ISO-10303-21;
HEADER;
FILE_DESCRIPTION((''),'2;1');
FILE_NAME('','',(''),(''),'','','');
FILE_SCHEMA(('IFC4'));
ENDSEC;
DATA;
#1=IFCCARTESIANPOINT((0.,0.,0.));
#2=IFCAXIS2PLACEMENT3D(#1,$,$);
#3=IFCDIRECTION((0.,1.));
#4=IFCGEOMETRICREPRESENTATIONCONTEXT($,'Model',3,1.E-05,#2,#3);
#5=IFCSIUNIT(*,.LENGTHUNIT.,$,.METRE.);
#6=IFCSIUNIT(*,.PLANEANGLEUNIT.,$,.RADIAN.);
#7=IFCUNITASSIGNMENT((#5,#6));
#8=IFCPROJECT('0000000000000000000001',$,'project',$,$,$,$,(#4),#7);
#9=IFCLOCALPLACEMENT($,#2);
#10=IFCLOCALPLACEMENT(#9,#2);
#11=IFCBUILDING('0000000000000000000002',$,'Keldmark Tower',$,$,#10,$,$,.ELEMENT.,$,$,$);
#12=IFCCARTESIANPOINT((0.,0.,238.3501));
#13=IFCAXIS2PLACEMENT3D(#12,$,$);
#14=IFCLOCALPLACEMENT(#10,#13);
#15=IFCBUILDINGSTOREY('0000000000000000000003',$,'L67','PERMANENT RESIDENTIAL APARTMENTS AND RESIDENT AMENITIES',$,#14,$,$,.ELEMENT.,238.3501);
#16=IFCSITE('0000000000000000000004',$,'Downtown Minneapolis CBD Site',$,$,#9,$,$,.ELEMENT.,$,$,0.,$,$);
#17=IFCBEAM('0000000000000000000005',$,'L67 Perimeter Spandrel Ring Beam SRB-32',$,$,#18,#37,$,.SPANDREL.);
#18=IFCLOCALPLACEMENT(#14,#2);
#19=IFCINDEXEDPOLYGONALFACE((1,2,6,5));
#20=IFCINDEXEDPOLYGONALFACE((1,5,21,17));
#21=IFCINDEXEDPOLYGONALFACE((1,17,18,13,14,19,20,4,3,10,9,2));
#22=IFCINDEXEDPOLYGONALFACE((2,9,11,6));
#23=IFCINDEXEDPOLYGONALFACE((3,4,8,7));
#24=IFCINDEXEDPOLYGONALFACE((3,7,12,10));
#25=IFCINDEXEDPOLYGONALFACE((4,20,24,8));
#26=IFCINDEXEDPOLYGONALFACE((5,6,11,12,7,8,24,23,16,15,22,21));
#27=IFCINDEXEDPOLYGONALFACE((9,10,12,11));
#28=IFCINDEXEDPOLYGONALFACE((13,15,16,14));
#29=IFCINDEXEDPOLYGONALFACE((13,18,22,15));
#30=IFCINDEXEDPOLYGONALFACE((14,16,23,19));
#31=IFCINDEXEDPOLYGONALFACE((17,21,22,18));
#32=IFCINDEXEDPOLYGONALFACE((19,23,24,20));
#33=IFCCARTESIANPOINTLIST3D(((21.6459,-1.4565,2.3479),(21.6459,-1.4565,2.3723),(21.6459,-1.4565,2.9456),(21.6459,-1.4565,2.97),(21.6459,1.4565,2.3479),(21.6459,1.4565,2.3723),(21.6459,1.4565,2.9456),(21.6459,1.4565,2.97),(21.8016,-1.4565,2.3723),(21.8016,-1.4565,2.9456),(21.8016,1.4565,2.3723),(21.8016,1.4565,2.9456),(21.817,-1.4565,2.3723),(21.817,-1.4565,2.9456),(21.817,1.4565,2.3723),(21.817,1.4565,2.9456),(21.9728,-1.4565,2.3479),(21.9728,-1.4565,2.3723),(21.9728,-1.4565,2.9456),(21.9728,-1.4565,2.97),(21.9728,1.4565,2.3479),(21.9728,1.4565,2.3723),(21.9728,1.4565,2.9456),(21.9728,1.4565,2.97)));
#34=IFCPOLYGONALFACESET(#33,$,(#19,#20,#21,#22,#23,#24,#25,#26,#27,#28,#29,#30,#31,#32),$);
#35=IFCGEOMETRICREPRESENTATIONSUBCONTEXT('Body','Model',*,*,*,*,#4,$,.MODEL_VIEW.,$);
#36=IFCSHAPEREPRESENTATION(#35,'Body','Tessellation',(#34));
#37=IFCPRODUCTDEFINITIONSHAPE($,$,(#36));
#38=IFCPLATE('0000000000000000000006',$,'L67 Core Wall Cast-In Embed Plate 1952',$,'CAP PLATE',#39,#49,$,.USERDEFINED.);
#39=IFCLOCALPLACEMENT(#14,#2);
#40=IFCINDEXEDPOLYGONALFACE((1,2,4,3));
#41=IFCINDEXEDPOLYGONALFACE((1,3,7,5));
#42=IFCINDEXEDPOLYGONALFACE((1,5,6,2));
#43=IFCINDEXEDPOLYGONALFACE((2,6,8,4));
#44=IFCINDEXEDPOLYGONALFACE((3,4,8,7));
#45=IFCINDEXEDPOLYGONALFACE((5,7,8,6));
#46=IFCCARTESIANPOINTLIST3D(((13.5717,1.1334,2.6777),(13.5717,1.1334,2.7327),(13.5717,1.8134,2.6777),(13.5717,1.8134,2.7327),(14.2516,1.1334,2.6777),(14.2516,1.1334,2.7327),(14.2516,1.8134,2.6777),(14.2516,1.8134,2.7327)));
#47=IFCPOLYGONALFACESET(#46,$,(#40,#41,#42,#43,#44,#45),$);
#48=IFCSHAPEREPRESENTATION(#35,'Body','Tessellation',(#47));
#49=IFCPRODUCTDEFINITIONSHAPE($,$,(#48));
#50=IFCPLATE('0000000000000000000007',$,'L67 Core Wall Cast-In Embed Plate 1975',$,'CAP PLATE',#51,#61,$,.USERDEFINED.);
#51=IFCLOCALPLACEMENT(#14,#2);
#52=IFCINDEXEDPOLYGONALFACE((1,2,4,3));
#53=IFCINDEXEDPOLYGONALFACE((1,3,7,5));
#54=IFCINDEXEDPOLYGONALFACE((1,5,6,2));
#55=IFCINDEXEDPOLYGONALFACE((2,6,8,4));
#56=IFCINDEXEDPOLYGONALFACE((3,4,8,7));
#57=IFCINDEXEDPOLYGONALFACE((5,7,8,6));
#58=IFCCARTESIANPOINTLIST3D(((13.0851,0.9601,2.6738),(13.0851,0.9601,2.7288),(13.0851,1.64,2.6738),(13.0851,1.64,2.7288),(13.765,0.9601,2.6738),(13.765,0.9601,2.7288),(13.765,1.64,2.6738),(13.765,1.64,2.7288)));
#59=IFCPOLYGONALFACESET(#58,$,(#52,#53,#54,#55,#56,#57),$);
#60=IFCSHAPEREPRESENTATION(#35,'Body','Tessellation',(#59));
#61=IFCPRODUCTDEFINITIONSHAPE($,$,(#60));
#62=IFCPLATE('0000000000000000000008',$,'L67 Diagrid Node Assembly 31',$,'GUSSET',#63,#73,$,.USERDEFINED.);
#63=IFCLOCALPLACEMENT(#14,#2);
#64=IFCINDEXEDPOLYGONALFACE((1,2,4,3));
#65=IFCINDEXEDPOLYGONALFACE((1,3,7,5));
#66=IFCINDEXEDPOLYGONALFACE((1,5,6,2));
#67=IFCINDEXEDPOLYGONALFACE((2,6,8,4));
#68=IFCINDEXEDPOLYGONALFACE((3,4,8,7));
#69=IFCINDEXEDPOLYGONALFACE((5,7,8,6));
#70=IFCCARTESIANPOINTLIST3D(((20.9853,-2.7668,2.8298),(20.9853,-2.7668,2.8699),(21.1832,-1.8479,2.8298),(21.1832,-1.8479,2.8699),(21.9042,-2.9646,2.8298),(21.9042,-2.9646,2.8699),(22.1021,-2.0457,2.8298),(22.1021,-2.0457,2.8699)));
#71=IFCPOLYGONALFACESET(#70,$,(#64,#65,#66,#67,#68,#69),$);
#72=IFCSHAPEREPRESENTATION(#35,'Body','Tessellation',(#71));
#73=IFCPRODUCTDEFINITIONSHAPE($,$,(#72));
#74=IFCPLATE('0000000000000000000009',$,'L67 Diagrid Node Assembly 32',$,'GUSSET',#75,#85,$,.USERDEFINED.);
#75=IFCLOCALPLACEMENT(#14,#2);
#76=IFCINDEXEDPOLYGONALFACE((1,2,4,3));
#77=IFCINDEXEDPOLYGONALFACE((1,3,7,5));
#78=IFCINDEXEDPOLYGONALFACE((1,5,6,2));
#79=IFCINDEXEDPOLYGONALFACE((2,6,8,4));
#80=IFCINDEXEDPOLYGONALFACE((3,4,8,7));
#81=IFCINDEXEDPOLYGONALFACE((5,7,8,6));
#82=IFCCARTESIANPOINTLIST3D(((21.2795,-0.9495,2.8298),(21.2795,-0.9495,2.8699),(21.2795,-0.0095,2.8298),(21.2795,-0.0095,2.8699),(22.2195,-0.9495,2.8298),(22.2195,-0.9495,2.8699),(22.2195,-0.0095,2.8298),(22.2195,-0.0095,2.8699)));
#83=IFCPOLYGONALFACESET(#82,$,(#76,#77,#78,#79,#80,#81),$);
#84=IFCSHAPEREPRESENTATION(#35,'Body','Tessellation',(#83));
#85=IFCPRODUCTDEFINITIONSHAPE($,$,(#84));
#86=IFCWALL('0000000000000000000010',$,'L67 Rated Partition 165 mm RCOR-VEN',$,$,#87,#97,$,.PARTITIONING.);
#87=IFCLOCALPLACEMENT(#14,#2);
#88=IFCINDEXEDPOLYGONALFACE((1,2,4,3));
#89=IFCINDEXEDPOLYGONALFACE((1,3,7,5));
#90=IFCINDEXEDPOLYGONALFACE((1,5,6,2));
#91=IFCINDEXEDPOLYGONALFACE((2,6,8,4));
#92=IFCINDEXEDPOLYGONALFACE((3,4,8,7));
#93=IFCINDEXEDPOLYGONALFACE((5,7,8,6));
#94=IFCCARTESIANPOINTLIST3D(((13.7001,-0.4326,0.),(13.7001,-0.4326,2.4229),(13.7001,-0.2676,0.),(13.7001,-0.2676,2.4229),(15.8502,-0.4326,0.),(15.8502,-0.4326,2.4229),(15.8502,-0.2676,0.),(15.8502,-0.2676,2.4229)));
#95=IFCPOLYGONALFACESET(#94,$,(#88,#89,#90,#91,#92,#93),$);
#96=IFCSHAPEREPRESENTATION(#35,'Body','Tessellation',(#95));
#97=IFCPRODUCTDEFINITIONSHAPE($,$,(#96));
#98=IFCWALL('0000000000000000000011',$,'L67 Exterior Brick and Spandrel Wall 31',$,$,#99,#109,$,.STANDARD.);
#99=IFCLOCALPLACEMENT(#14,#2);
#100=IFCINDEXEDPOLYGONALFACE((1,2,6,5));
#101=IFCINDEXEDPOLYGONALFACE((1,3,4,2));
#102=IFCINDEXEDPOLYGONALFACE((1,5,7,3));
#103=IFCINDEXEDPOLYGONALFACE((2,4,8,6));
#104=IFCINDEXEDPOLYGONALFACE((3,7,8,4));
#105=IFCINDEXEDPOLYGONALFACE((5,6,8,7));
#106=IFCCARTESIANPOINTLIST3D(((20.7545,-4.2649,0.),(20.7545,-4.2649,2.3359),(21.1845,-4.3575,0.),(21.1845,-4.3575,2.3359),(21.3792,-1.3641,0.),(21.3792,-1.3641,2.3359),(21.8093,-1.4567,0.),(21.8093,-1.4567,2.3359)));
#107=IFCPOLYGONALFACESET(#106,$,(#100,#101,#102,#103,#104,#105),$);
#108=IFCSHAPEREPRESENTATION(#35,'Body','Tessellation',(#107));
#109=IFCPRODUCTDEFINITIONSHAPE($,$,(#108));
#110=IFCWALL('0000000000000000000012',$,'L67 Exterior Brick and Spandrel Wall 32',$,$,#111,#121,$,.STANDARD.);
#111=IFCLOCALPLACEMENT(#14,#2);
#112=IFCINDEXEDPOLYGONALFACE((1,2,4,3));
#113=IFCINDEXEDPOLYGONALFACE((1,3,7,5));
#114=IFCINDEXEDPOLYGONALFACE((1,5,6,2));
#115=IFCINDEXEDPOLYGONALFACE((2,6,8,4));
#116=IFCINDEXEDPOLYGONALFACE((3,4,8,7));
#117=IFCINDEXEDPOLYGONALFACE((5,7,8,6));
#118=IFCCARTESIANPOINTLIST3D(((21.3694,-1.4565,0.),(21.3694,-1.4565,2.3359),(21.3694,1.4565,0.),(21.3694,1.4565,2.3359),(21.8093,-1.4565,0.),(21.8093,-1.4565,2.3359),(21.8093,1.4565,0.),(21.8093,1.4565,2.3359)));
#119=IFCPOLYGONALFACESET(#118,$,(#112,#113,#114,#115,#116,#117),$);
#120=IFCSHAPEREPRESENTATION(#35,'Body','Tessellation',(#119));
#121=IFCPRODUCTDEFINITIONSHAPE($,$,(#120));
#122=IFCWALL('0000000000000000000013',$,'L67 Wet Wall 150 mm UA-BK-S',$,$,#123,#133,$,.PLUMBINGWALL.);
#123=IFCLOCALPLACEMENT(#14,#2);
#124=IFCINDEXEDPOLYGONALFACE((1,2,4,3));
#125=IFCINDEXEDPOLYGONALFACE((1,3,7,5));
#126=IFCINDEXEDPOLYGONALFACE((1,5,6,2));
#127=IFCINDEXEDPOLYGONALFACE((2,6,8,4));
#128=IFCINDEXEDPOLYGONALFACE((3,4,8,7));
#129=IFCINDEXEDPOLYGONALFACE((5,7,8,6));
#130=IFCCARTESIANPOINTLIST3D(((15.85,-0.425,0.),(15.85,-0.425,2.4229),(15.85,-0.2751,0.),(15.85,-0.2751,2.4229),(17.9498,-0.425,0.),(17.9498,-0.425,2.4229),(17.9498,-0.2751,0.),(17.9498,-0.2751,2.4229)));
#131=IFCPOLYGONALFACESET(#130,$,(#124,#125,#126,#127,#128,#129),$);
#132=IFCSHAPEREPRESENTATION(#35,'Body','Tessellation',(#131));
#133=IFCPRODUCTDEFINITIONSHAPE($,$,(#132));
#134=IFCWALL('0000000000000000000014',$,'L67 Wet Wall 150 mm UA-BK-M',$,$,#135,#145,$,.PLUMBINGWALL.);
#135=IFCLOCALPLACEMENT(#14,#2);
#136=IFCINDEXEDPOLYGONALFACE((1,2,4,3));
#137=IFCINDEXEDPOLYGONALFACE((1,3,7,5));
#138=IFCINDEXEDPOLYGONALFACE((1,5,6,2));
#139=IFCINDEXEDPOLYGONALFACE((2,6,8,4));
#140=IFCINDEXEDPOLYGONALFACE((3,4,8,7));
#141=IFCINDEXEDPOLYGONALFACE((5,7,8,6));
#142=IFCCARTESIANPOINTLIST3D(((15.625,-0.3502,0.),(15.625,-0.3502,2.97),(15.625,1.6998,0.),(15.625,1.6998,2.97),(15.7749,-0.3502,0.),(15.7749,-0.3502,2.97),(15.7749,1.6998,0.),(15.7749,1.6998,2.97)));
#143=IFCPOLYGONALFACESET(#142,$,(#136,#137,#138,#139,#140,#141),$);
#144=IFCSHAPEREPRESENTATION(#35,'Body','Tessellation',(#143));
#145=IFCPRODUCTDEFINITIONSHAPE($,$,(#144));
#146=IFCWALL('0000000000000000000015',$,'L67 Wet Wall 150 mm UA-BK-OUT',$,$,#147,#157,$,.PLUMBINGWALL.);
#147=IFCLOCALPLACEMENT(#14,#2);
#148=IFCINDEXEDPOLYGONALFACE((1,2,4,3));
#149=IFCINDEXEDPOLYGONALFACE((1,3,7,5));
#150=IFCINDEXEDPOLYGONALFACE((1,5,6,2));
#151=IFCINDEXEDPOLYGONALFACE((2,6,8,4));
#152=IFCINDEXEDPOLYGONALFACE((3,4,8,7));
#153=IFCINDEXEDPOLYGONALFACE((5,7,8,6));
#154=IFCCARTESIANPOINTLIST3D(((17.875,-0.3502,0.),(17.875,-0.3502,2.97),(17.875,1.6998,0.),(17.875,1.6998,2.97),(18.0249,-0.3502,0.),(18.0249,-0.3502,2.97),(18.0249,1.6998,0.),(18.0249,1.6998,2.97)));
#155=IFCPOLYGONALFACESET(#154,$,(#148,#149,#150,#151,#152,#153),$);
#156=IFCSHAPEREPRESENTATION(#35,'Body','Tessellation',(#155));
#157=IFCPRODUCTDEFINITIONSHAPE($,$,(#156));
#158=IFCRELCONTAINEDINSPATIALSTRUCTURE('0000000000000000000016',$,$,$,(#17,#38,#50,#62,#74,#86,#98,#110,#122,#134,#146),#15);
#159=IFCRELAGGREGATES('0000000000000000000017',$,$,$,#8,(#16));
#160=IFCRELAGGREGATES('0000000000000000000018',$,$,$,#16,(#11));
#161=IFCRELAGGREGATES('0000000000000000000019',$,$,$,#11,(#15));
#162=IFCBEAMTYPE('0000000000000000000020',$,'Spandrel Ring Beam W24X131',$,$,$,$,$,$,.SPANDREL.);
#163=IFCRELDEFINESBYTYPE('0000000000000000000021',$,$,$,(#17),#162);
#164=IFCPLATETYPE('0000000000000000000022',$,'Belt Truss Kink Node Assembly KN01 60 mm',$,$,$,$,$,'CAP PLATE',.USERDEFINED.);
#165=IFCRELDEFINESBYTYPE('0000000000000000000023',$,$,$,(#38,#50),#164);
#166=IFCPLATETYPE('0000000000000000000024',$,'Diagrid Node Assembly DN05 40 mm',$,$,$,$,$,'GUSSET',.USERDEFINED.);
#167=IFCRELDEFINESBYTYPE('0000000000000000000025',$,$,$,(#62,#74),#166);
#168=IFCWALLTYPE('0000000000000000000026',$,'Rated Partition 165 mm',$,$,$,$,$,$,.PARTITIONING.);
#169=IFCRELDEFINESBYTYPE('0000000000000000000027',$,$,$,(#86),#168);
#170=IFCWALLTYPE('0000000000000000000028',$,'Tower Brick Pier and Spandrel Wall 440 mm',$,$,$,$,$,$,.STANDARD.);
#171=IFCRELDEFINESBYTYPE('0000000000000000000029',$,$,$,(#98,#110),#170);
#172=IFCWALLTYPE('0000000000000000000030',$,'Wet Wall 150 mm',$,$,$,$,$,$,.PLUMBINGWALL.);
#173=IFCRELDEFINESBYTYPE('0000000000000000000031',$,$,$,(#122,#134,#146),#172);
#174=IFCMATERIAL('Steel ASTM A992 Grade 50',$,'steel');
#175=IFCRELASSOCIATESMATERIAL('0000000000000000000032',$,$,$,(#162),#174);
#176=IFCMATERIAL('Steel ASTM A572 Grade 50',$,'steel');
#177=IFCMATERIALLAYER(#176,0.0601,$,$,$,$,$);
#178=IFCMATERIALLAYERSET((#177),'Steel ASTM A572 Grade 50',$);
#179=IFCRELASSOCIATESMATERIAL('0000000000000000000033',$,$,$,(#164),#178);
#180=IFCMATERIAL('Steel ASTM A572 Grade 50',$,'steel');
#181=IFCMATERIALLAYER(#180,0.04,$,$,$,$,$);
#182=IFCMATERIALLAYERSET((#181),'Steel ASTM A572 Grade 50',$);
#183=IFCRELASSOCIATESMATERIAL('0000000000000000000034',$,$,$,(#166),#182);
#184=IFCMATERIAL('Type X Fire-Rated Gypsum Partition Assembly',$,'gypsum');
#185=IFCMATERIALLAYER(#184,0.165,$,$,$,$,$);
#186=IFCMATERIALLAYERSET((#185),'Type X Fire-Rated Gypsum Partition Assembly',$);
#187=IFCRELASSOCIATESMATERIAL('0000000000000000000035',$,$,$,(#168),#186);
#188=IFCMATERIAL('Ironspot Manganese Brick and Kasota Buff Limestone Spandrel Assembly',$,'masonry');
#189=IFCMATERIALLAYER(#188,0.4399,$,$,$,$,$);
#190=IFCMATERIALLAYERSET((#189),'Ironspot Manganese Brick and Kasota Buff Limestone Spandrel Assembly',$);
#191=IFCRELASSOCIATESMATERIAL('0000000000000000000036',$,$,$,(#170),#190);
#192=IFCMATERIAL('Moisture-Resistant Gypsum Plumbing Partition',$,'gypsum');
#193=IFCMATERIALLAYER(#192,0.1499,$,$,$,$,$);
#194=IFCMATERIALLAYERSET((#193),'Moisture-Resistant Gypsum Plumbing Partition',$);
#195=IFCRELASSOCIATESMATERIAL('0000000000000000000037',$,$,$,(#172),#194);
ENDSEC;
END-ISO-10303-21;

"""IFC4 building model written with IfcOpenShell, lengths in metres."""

from ifc_helpers import new_model, si_unit, direction, frame, frame_2d, origin, origin_2d, place, context, subcontext, project, spatial, rectangle, i_section, extrude, material, layer, layer_set, material_profile, profile_set, type_object, element, save


model = new_model("IFC4")

# Units and contexts
model_context = context("Model", 3, precision=1e-05, world=origin(), true_north=direction((0.0, 1.0)))
body_context = subcontext(model_context, "Body", "Model", "MODEL_VIEW")
ifc_project = project(units=[si_unit("LENGTHUNIT", "METRE"), si_unit("PLANEANGLEUNIT", "RADIAN")], contexts=[model_context])

# Site, building, storey
site_placement = place(None, origin())
site = spatial("IfcSite", under=ifc_project, at=site_placement, Name="Downtown Minneapolis CBD Site", CompositionType="ELEMENT", RefElevation=0.0)
building_placement = place(site_placement, origin())
building = spatial("IfcBuilding", under=site, at=building_placement, Name="Keldmark Tower", CompositionType="ELEMENT")
storey_placement = place(building_placement, frame((0.0, 0.0, 238.3501)))
storey = spatial("IfcBuildingStorey", under=building, at=storey_placement, Name="L67", Description="PERMANENT RESIDENTIAL APARTMENTS AND RESIDENT AMENITIES", CompositionType="ELEMENT", Elevation=238.3501)

# Beam
ifc_material_1 = material(Name="Steel ASTM A992 Grade 50", Category="steel")
ifc_material_profile_1 = material_profile(ifc_material_1, i_section(OverallWidth=0.3269, OverallDepth=0.6221, WebThickness=0.0154, FlangeThickness=0.0244, at=origin_2d()), Name="W24X131")
ifc_profile_set_1 = profile_set([ifc_material_profile_1], Name="Steel ASTM A992 Grade 50")
beam_type_1 = type_object("IfcBeamType", Name="Spandrel Ring Beam W24X131", PredefinedType="SPANDREL", material=ifc_profile_set_1)
beam_1_placement = place(storey_placement, frame((21.8093, -1.4565, 2.6589), z_axis=(0.0, 1.0, 0.0), x_axis=(-1.0, 0.0, 0.0)))
element("IfcBeam", 1, at=beam_1_placement, inside=storey, type_object=beam_type_1, Name="L67 Perimeter Spandrel Ring Beam SRB-32", PredefinedType="SPANDREL", context=body_context, shape_type="SweptSolid", body=[
    extrude(i_section(OverallWidth=0.3269, OverallDepth=0.6221, WebThickness=0.0154, FlangeThickness=0.0244, at=origin_2d()), origin(), (0.0, 0.0, 1.0), 2.9131),
])

# Plates
ifc_material_2 = material(Name="Steel ASTM A572 Grade 50", Category="steel")
ifc_layer_1 = layer(ifc_material_2, 0.0601)
ifc_layer_set_1 = layer_set([ifc_layer_1], Name="Steel ASTM A572 Grade 50")
plate_type_1 = type_object("IfcPlateType", Name="Belt Truss Kink Node Assembly KN01 60 mm", ElementType="CAP PLATE", PredefinedType="USERDEFINED", material=ifc_layer_set_1)
for number, where, z_axis, x_axis, name in (
    (2, (13.9116, 1.4734, 2.6777), (0.0, 0.0, 1.0), (1.0, 0.0, 0.0), "L67 Core Wall Cast-In Embed Plate 1952"),
    (3, (13.425, 1.3, 2.6738), (0.0, 0.0, 1.0), (1.0, 0.0, 0.0), "L67 Core Wall Cast-In Embed Plate 1975"),
):
    element("IfcPlate", number, at=place(storey_placement, frame(where, z_axis=z_axis, x_axis=x_axis)), inside=storey, type_object=plate_type_1, Name=name, ObjectType="CAP PLATE", PredefinedType="USERDEFINED", context=body_context, shape_type="SweptSolid", body=[
        extrude(rectangle(XDim=0.6799, YDim=0.6799, at=origin_2d()), origin(), (0.0, 0.0, 1.0), 0.0549),
    ])
ifc_material_3 = material(Name="Steel ASTM A572 Grade 50", Category="steel")
ifc_layer_2 = layer(ifc_material_3, 0.04)
ifc_layer_set_2 = layer_set([ifc_layer_2], Name="Steel ASTM A572 Grade 50")
plate_type_2 = type_object("IfcPlateType", Name="Diagrid Node Assembly DN05 40 mm", ElementType="GUSSET", PredefinedType="USERDEFINED", material=ifc_layer_set_2)
for number, where, z_axis, x_axis, name in (
    (4, (21.5437, -2.4062, 2.8298), (0.0, 0.0, 1.0), (0.210472, 0.9776, 0.0), "L67 Diagrid Node Assembly 31"),
    (5, (21.7495, -0.4795, 2.8298), (0.0, 0.0, 1.0), (0.0, 1.0, 0.0), "L67 Diagrid Node Assembly 32"),
):
    element("IfcPlate", number, at=place(storey_placement, frame(where, z_axis=z_axis, x_axis=x_axis)), inside=storey, type_object=plate_type_2, Name=name, ObjectType="GUSSET", PredefinedType="USERDEFINED", context=body_context, shape_type="SweptSolid", body=[
        extrude(rectangle(XDim=0.9399, YDim=0.9399, at=origin_2d()), origin(), (0.0, 0.0, 1.0), 0.04),
    ])

# Shared definitions
ifc_material_4 = material(Name="Type X Fire-Rated Gypsum Partition Assembly", Category="gypsum")
ifc_layer_3 = layer(ifc_material_4, 0.165)
ifc_layer_set_3 = layer_set([ifc_layer_3], Name="Type X Fire-Rated Gypsum Partition Assembly")
wall_type_1 = type_object("IfcWallType", Name="Rated Partition 165 mm", PredefinedType="PARTITIONING", material=ifc_layer_set_3)

# Walls
wall_1_placement = place(storey_placement, frame((13.7, -0.3501, 0.0), z_axis=(0.0, 0.0, 1.0), x_axis=(1.0, 0.0, 0.0)))
element("IfcWall", 6, at=wall_1_placement, inside=storey, type_object=wall_type_1, Name="L67 Rated Partition 165 mm RCOR-VEN", PredefinedType="PARTITIONING", context=body_context, shape_type="SweptSolid", body=[
    extrude(rectangle(XDim=2.1501, YDim=0.165, at=frame_2d((1.0752, 0.0))), origin(), (0.0, 0.0, 1.0), 2.4229),
])
ifc_material_5 = material(Name="Ironspot Manganese Brick and Kasota Buff Limestone Spandrel Assembly", Category="masonry")
ifc_layer_4 = layer(ifc_material_5, 0.4399)
ifc_layer_set_4 = layer_set([ifc_layer_4], Name="Ironspot Manganese Brick and Kasota Buff Limestone Spandrel Assembly")
wall_type_2 = type_object("IfcWallType", Name="Tower Brick Pier and Spandrel Wall 440 mm", PredefinedType="STANDARD", material=ifc_layer_set_4)
wall_2_placement = place(storey_placement, frame((21.5942, -1.4104, 0.0), z_axis=(0.0, 0.0, 1.0), x_axis=(-0.21054, -0.977585, 0.0)))
element("IfcWall", 7, at=wall_2_placement, inside=storey, type_object=wall_type_2, Name="L67 Exterior Brick and Spandrel Wall 31", PredefinedType="STANDARD", context=body_context, shape_type="SweptSolid", body=[
    extrude(rectangle(XDim=2.9673, YDim=0.4399, at=frame_2d((1.4836, 0.0))), origin(), (0.0, 0.0, 1.0), 2.3359),
])
wall_3_placement = place(storey_placement, frame((21.5894, 1.4565, 0.0), z_axis=(0.0, 0.0, 1.0), x_axis=(0.0, -1.0, 0.0)))
element("IfcWall", 8, at=wall_3_placement, inside=storey, type_object=wall_type_2, Name="L67 Exterior Brick and Spandrel Wall 32", PredefinedType="STANDARD", context=body_context, shape_type="SweptSolid", body=[
    extrude(rectangle(XDim=2.9131, YDim=0.4399, at=frame_2d((1.4565, 0.0))), origin(), (0.0, 0.0, 1.0), 2.3359),
])
ifc_material_6 = material(Name="Moisture-Resistant Gypsum Plumbing Partition", Category="gypsum")
ifc_layer_5 = layer(ifc_material_6, 0.1499)
ifc_layer_set_5 = layer_set([ifc_layer_5], Name="Moisture-Resistant Gypsum Plumbing Partition")
wall_type_3 = type_object("IfcWallType", Name="Wet Wall 150 mm", PredefinedType="PLUMBINGWALL", material=ifc_layer_set_5)
wall_4_placement = place(storey_placement, frame((15.8501, -0.3501, 0.0), z_axis=(0.0, 0.0, 1.0), x_axis=(1.0, 0.0, 0.0)))
element("IfcWall", 9, at=wall_4_placement, inside=storey, type_object=wall_type_3, Name="L67 Wet Wall 150 mm UA-BK-S", PredefinedType="PLUMBINGWALL", context=body_context, shape_type="SweptSolid", body=[
    extrude(rectangle(XDim=2.0999, YDim=0.1499, at=frame_2d((1.0498, 0.0))), origin(), (0.0, 0.0, 1.0), 2.4229),
])
for number, where, z_axis, x_axis, name in (
    (10, (15.7, -0.3501, 0.0), (0.0, 0.0, 1.0), (0.0, 1.0, 0.0), "L67 Wet Wall 150 mm UA-BK-M"),
    (11, (17.95, -0.3501, 0.0), (0.0, 0.0, 1.0), (0.0, 1.0, 0.0), "L67 Wet Wall 150 mm UA-BK-OUT"),
):
    element("IfcWall", number, at=place(storey_placement, frame(where, z_axis=z_axis, x_axis=x_axis)), inside=storey, type_object=wall_type_3, Name=name, PredefinedType="PLUMBINGWALL", context=body_context, shape_type="SweptSolid", body=[
        extrude(rectangle(XDim=2.05, YDim=0.1499, at=frame_2d((1.0249, 0.0))), origin(), (0.0, 0.0, 1.0), 2.97),
    ])

save(model, "model.ifc")
